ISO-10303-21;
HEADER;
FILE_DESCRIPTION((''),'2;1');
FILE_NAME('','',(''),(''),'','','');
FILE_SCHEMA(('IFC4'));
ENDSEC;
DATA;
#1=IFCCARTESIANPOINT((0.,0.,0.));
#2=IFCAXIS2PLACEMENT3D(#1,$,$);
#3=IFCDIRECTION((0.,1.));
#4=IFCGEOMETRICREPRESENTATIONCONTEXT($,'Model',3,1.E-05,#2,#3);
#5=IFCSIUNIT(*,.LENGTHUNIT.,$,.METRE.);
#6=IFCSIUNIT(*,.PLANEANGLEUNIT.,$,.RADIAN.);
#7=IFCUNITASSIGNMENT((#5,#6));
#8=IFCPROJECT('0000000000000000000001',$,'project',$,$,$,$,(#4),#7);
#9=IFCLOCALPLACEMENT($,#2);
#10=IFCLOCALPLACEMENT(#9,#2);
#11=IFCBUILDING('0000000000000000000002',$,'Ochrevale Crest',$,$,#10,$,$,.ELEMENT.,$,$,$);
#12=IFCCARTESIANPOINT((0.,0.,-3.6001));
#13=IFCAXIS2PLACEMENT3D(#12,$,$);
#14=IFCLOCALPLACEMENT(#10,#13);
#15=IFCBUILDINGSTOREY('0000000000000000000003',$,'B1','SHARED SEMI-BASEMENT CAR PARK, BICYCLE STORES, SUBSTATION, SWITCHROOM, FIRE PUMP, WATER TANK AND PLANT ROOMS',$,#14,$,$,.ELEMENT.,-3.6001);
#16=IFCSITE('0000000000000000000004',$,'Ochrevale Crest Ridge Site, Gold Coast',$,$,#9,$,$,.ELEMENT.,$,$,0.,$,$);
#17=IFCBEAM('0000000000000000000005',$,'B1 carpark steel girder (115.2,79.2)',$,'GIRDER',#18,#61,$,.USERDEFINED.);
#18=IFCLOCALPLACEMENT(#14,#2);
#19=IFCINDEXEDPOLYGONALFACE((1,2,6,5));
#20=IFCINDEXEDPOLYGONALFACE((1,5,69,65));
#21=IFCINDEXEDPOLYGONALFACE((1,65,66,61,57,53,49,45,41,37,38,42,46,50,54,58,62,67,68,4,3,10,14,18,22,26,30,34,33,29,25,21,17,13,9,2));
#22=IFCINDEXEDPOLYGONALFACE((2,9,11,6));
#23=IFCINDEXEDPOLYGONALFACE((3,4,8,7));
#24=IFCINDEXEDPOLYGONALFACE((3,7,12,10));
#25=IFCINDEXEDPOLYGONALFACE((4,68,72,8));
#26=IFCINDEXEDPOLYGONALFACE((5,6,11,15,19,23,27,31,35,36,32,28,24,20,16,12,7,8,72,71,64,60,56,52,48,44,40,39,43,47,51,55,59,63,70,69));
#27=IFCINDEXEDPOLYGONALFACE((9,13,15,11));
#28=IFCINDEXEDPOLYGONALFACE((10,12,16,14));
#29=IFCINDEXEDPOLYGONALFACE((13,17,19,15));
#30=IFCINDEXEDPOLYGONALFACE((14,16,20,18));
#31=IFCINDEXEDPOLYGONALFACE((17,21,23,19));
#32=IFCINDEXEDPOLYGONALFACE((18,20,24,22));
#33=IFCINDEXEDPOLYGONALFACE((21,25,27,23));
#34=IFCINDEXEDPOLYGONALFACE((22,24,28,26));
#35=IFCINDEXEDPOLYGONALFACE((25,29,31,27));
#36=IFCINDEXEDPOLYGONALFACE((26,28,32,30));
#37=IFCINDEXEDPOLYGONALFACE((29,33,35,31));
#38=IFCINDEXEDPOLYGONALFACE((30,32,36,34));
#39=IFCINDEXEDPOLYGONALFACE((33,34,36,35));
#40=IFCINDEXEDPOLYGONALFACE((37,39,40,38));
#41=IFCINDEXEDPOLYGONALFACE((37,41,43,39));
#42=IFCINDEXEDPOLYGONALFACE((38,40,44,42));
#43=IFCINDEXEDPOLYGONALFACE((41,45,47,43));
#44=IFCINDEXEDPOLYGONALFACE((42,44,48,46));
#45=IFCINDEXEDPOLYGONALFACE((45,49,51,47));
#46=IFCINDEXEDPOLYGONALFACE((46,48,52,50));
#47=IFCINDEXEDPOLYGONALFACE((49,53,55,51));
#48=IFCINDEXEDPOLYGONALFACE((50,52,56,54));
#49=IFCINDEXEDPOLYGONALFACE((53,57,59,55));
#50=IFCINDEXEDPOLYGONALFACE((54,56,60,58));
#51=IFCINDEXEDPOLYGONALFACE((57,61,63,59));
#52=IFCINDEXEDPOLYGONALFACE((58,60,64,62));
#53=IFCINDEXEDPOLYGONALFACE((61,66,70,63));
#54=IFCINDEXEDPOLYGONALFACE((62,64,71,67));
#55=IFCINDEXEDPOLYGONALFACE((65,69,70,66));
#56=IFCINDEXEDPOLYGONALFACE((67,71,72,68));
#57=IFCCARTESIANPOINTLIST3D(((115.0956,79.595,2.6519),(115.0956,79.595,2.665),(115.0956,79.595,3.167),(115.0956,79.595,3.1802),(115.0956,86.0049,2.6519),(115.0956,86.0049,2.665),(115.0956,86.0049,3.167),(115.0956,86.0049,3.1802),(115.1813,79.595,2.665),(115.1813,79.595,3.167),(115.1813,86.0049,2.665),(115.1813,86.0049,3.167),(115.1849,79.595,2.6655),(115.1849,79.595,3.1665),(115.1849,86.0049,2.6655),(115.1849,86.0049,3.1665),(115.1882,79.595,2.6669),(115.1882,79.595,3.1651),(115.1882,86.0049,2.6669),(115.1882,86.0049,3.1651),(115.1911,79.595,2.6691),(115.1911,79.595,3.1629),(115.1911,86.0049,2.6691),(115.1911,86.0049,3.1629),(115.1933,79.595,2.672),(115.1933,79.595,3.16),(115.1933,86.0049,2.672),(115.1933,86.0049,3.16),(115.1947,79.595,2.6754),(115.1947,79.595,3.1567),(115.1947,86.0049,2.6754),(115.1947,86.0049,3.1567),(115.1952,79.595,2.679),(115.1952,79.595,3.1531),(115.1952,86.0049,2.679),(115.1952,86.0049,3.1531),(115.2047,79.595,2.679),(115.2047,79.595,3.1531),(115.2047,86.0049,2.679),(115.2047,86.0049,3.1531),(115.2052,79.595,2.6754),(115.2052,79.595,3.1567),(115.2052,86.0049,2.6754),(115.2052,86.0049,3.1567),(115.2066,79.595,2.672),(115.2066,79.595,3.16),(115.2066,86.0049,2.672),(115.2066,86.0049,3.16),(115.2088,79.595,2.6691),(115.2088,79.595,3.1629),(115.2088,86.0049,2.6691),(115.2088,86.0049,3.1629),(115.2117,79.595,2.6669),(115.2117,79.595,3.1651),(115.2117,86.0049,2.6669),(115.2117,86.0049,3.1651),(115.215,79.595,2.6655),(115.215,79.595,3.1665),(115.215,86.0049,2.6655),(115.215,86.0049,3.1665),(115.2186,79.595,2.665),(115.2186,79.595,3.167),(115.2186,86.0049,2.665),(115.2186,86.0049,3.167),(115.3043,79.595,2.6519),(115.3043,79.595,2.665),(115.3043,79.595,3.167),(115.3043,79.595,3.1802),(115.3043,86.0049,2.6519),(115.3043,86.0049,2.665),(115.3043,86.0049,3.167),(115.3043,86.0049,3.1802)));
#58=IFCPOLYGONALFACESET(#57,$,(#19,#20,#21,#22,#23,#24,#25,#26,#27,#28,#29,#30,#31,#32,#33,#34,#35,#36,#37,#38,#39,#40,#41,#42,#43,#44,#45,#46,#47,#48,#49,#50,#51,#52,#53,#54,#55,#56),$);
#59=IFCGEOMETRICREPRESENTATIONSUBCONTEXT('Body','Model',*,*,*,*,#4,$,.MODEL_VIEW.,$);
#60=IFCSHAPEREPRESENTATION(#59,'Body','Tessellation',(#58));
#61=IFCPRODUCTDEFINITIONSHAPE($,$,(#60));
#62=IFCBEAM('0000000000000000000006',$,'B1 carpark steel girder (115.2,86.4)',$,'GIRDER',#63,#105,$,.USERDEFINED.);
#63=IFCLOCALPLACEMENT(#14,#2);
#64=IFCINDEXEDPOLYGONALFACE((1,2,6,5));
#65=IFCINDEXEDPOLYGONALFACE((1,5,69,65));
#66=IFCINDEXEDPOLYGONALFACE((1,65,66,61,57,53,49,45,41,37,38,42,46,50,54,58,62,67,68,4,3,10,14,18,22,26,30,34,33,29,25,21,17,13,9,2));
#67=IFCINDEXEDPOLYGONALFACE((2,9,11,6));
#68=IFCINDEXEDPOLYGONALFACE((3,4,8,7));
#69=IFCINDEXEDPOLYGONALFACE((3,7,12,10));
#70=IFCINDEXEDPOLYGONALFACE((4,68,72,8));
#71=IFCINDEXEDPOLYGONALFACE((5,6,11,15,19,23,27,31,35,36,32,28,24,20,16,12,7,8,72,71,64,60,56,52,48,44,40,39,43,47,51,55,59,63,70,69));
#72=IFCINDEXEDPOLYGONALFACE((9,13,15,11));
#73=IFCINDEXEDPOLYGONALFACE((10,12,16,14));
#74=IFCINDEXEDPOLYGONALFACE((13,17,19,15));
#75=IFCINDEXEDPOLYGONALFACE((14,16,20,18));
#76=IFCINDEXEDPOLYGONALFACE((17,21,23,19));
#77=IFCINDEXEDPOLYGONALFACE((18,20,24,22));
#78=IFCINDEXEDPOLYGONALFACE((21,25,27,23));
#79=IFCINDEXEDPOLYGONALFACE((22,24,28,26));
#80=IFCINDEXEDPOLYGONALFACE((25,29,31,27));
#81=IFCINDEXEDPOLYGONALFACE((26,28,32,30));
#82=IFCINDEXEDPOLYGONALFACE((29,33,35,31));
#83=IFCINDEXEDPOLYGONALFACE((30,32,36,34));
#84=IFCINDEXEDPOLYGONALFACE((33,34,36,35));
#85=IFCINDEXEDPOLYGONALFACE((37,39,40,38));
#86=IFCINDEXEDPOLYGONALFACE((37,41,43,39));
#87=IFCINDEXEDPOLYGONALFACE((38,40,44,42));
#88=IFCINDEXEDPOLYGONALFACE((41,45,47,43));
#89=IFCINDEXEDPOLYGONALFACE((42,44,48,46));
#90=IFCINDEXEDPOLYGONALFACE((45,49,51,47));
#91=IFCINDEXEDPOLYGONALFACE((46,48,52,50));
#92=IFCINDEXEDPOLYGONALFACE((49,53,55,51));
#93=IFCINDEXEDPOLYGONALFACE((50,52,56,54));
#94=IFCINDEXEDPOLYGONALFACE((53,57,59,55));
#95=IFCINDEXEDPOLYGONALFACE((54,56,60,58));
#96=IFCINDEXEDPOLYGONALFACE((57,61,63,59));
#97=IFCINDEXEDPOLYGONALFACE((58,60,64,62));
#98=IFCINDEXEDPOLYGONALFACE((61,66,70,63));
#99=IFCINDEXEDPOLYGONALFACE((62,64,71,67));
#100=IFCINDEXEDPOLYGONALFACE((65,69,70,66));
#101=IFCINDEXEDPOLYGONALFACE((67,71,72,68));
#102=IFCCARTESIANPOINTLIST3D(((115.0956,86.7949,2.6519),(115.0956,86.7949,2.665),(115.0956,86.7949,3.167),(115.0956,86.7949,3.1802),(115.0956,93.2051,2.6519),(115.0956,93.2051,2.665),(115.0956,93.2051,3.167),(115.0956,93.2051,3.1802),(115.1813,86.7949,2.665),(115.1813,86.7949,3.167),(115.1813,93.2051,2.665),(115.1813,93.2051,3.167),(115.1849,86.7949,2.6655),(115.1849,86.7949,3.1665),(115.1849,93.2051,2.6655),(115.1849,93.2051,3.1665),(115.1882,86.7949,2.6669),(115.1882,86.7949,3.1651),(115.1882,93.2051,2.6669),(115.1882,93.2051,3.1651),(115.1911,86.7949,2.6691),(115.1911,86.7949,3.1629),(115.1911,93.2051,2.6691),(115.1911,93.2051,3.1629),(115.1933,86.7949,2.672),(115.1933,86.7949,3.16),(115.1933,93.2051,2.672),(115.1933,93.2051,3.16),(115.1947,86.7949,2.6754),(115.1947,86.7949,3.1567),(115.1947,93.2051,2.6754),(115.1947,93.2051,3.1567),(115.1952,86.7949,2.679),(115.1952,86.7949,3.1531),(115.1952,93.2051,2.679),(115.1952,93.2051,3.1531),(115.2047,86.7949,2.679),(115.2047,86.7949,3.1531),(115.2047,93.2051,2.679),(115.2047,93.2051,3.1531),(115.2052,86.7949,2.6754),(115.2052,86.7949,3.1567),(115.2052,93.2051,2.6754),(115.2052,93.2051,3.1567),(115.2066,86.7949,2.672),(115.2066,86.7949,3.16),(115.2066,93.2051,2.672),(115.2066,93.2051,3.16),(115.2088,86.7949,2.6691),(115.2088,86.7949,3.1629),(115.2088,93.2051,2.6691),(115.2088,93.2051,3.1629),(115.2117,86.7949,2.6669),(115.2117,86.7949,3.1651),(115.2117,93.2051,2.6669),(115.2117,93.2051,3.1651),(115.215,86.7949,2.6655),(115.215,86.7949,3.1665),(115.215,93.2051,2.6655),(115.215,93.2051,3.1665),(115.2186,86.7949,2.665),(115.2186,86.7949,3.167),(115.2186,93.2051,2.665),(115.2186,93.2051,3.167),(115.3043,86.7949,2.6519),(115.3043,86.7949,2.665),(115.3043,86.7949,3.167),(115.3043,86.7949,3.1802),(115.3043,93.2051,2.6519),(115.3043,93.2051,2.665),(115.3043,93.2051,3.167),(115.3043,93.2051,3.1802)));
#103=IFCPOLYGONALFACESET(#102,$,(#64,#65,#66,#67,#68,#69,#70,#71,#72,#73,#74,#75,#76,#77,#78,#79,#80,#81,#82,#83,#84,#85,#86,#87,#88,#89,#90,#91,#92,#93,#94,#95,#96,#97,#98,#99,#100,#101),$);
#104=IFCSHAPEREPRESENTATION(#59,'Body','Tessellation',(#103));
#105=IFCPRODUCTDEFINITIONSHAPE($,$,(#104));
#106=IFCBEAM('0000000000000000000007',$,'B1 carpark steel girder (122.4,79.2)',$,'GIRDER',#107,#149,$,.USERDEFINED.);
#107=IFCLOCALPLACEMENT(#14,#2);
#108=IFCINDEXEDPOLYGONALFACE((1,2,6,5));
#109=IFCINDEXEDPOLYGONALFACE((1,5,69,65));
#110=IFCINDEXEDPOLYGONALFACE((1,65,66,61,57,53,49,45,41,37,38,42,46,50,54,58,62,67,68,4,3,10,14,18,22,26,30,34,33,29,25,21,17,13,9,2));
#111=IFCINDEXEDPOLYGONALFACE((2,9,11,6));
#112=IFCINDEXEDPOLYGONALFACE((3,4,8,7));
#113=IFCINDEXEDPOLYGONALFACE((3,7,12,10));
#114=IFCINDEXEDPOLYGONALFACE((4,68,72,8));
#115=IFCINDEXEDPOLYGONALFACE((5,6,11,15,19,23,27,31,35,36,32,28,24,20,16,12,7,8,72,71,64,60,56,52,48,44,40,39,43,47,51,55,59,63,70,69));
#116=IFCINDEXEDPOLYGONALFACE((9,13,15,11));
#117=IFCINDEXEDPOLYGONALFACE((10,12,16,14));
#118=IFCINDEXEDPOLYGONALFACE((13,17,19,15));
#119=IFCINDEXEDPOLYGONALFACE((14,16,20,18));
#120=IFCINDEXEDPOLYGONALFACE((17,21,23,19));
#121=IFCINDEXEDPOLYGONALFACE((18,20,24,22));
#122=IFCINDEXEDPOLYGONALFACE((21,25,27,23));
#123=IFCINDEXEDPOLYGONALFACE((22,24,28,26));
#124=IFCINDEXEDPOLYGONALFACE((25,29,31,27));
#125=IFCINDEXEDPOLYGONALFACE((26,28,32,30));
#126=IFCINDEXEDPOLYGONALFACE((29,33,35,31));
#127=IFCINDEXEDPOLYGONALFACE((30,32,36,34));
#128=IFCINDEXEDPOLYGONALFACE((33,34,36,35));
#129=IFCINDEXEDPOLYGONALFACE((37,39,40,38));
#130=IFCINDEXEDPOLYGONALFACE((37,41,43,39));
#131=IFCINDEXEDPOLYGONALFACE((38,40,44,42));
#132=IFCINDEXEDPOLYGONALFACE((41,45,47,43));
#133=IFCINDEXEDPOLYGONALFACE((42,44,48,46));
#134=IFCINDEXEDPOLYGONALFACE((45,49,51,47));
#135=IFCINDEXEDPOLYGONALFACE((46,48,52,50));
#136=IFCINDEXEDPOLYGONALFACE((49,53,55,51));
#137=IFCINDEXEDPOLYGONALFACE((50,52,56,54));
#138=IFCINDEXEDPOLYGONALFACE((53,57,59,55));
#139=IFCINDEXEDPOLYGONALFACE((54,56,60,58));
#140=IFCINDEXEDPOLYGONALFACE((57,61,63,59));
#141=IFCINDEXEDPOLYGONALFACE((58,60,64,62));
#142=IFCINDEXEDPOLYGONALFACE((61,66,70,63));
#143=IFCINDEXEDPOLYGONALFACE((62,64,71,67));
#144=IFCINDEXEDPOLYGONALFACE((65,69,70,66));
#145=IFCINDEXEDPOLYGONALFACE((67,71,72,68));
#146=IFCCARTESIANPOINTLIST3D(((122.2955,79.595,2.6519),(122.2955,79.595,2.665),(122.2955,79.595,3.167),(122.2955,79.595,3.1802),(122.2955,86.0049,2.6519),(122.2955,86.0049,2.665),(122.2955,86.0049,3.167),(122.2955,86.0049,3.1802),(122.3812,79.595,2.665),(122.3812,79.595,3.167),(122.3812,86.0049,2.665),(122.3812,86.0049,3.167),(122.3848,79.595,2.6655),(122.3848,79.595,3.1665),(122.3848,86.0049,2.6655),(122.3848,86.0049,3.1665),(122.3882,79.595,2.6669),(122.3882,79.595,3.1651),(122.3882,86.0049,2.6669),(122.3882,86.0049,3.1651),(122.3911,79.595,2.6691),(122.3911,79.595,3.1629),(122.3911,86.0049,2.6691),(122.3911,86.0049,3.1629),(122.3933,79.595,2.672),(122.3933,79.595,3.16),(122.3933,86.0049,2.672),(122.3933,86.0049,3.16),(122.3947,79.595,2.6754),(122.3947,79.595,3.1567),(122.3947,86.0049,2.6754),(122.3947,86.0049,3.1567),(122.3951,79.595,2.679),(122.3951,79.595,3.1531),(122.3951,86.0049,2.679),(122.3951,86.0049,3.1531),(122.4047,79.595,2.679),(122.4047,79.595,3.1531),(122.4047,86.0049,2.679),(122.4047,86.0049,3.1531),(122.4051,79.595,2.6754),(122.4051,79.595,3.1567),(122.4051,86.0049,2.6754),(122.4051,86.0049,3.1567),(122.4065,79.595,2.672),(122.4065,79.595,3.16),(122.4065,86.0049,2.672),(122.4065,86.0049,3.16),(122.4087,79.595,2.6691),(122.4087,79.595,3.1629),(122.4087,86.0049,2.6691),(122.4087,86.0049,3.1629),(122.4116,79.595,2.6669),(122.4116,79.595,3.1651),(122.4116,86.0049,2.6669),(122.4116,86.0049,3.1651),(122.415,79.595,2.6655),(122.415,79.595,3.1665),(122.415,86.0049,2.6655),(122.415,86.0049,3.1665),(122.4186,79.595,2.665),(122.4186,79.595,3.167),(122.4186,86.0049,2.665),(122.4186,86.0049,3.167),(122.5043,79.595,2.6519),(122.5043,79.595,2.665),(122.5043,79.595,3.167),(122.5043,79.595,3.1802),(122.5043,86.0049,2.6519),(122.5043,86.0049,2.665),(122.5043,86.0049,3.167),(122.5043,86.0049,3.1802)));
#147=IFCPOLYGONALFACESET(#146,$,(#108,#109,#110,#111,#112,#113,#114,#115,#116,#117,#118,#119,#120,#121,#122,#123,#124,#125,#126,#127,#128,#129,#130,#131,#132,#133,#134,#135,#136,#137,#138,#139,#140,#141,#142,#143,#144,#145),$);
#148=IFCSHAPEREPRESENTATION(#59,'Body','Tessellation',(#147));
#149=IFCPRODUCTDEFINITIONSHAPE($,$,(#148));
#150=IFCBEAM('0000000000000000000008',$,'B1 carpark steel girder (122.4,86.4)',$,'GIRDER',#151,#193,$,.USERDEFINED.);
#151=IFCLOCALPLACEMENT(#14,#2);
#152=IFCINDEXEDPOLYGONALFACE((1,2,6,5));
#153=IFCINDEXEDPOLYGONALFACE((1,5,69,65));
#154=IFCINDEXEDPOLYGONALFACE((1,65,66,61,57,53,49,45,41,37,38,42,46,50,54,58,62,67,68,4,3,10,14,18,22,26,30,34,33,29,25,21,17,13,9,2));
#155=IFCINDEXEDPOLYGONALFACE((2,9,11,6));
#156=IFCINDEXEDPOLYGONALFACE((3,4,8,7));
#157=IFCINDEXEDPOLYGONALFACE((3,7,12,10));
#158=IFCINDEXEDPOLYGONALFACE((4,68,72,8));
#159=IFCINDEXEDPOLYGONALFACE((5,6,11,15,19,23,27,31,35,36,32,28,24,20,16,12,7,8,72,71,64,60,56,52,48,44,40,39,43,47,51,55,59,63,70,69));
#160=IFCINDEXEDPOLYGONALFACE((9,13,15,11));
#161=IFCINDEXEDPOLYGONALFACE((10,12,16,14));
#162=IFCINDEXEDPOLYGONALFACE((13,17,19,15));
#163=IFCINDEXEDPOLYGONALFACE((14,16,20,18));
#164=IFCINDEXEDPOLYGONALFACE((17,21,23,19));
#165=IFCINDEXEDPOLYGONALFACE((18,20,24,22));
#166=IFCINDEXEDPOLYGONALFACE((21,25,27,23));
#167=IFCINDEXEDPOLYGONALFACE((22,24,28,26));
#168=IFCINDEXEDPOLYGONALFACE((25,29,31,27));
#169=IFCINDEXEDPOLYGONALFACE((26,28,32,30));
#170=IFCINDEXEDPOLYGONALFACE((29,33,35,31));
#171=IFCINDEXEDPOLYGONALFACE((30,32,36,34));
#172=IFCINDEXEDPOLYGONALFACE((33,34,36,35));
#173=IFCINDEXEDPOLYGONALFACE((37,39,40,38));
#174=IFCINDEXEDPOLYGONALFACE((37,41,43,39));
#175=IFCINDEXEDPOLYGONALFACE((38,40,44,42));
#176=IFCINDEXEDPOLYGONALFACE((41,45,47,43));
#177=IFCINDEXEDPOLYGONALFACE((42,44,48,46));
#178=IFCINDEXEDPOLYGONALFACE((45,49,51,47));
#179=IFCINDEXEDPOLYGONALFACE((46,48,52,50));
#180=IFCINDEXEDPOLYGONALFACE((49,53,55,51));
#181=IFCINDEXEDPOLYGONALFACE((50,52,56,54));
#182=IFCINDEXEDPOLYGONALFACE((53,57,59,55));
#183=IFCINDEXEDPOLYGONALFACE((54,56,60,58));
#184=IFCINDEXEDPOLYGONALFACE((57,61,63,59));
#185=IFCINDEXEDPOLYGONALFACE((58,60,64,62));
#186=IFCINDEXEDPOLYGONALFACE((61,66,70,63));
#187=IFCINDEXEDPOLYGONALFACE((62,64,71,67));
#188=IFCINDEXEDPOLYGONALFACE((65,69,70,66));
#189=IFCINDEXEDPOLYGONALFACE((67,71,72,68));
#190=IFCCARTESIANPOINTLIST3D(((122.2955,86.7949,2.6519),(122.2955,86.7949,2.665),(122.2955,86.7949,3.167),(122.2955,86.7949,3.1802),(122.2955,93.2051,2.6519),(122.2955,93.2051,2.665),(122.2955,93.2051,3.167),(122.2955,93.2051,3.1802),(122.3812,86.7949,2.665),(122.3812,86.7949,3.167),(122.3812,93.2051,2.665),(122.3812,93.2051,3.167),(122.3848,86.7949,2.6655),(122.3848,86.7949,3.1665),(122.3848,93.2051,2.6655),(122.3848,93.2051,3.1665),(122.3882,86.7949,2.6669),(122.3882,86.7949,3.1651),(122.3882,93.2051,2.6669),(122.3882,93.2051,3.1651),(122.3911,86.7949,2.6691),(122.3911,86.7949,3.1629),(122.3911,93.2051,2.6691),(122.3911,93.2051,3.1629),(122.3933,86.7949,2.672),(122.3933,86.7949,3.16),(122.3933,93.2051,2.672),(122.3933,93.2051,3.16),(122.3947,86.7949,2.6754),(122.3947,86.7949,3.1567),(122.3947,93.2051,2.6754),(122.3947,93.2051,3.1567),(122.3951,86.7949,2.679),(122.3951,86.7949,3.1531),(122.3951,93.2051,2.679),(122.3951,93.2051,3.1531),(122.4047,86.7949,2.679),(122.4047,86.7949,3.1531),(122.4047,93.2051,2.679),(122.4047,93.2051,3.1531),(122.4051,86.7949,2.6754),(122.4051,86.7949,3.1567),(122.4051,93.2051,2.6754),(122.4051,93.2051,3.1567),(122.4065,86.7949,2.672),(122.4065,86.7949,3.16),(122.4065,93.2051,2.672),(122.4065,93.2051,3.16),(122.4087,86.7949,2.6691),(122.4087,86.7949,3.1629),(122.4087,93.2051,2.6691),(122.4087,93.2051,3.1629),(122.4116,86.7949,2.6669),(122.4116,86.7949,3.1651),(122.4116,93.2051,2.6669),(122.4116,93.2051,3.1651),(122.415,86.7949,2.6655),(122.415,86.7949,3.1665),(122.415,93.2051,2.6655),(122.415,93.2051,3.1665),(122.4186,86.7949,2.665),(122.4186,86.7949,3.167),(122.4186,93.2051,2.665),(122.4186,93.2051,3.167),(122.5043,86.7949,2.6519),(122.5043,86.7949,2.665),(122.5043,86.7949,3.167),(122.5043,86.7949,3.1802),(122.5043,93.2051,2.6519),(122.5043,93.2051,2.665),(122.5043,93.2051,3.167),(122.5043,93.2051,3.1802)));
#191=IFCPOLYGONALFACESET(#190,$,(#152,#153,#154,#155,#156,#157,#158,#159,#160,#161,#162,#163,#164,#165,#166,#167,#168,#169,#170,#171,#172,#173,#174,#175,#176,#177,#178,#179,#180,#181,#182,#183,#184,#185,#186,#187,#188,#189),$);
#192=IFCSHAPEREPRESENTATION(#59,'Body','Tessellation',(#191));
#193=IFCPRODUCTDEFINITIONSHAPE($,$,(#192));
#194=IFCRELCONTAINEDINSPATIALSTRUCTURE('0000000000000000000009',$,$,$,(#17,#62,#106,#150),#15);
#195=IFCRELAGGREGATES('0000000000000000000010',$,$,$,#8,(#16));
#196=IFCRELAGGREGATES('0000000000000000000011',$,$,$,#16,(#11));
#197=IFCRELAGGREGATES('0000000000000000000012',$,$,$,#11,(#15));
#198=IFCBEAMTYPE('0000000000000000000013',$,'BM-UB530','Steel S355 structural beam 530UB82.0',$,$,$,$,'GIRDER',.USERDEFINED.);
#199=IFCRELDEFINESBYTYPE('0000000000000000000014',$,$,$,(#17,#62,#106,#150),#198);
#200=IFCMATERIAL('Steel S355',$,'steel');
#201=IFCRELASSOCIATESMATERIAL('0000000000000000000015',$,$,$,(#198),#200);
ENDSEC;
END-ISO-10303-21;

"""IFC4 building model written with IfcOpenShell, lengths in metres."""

from ifc_helpers import new_model, si_unit, direction, frame, origin, origin_2d, place, context, subcontext, project, spatial, i_section, extrude, material, material_profile, profile_set, type_object, element, save


model = new_model("IFC4")

# Units and contexts
model_context = context("Model", 3, precision=1e-05, world=origin(), true_north=direction((0.0, 1.0)))
body_context = subcontext(model_context, "Body", "Model", "MODEL_VIEW")
ifc_project = project(units=[si_unit("LENGTHUNIT", "METRE"), si_unit("PLANEANGLEUNIT", "RADIAN")], contexts=[model_context])

# Site, building, storey
site_placement = place(None, origin())
site = spatial("IfcSite", under=ifc_project, at=site_placement, Name="Ochrevale Crest Ridge Site, Gold Coast", CompositionType="ELEMENT", RefElevation=0.0)
building_placement = place(site_placement, origin())
building = spatial("IfcBuilding", under=site, at=building_placement, Name="Ochrevale Crest", CompositionType="ELEMENT")
storey_placement = place(building_placement, frame((0.0, 0.0, -3.6001)))
storey = spatial("IfcBuildingStorey", under=building, at=storey_placement, Name="B1", Description="SHARED SEMI-BASEMENT CAR PARK, BICYCLE STORES, SUBSTATION, SWITCHROOM, FIRE PUMP, WATER TANK AND PLANT ROOMS", CompositionType="ELEMENT", Elevation=-3.6001)

# Beams
ifc_material_1 = material(Name="Steel S355", Category="steel")
ifc_material_profile_1 = material_profile(ifc_material_1, i_section(OverallWidth=0.2087, OverallDepth=0.5283, WebThickness=0.0095, FlangeThickness=0.0132, FilletRadius=0.0139, at=origin_2d()), Name="530UB82.0")
ifc_profile_set_1 = profile_set([ifc_material_profile_1], Name="Steel S355")
beam_type_1 = type_object("IfcBeamType", Name="BM-UB530", Description="Steel S355 structural beam 530UB82.0", ElementType="GIRDER", PredefinedType="USERDEFINED", material=ifc_profile_set_1)
beam_1_placement = place(storey_placement, frame((115.2, 79.595, 2.916), z_axis=(0.0, 1.0, 0.0), x_axis=(-1.0, 0.0, 0.0)))
element("IfcBeam", 1, at=beam_1_placement, inside=storey, type_object=beam_type_1, Name="B1 carpark steel girder (115.2,79.2)", ObjectType="GIRDER", PredefinedType="USERDEFINED", context=body_context, shape_type="SweptSolid", body=[
    extrude(i_section(OverallWidth=0.2087, OverallDepth=0.5283, WebThickness=0.0095, FlangeThickness=0.0132, FilletRadius=0.0139, at=origin_2d()), origin(), (0.0, 0.0, 1.0), 6.4099),
])
beam_2_placement = place(storey_placement, frame((115.2, 86.7949, 2.916), z_axis=(0.0, 1.0, 0.0), x_axis=(-1.0, 0.0, 0.0)))
element("IfcBeam", 2, at=beam_2_placement, inside=storey, type_object=beam_type_1, Name="B1 carpark steel girder (115.2,86.4)", ObjectType="GIRDER", PredefinedType="USERDEFINED", context=body_context, shape_type="SweptSolid", body=[
    extrude(i_section(OverallWidth=0.2087, OverallDepth=0.5283, WebThickness=0.0095, FlangeThickness=0.0132, FilletRadius=0.0139, at=origin_2d()), origin(), (0.0, 0.0, 1.0), 6.4102),
])
beam_3_placement = place(storey_placement, frame((122.3999, 79.595, 2.916), z_axis=(0.0, 1.0, 0.0), x_axis=(-1.0, 0.0, 0.0)))
element("IfcBeam", 3, at=beam_3_placement, inside=storey, type_object=beam_type_1, Name="B1 carpark steel girder (122.4,79.2)", ObjectType="GIRDER", PredefinedType="USERDEFINED", context=body_context, shape_type="SweptSolid", body=[
    extrude(i_section(OverallWidth=0.2087, OverallDepth=0.5283, WebThickness=0.0095, FlangeThickness=0.0132, FilletRadius=0.0139, at=origin_2d()), origin(), (0.0, 0.0, 1.0), 6.4099),
])
beam_4_placement = place(storey_placement, frame((122.3999, 86.7949, 2.916), z_axis=(0.0, 1.0, 0.0), x_axis=(-1.0, 0.0, 0.0)))
element("IfcBeam", 4, at=beam_4_placement, inside=storey, type_object=beam_type_1, Name="B1 carpark steel girder (122.4,86.4)", ObjectType="GIRDER", PredefinedType="USERDEFINED", context=body_context, shape_type="SweptSolid", body=[
    extrude(i_section(OverallWidth=0.2087, OverallDepth=0.5283, WebThickness=0.0095, FlangeThickness=0.0132, FilletRadius=0.0139, at=origin_2d()), origin(), (0.0, 0.0, 1.0), 6.4102),
])

save(model, "model.ifc")
